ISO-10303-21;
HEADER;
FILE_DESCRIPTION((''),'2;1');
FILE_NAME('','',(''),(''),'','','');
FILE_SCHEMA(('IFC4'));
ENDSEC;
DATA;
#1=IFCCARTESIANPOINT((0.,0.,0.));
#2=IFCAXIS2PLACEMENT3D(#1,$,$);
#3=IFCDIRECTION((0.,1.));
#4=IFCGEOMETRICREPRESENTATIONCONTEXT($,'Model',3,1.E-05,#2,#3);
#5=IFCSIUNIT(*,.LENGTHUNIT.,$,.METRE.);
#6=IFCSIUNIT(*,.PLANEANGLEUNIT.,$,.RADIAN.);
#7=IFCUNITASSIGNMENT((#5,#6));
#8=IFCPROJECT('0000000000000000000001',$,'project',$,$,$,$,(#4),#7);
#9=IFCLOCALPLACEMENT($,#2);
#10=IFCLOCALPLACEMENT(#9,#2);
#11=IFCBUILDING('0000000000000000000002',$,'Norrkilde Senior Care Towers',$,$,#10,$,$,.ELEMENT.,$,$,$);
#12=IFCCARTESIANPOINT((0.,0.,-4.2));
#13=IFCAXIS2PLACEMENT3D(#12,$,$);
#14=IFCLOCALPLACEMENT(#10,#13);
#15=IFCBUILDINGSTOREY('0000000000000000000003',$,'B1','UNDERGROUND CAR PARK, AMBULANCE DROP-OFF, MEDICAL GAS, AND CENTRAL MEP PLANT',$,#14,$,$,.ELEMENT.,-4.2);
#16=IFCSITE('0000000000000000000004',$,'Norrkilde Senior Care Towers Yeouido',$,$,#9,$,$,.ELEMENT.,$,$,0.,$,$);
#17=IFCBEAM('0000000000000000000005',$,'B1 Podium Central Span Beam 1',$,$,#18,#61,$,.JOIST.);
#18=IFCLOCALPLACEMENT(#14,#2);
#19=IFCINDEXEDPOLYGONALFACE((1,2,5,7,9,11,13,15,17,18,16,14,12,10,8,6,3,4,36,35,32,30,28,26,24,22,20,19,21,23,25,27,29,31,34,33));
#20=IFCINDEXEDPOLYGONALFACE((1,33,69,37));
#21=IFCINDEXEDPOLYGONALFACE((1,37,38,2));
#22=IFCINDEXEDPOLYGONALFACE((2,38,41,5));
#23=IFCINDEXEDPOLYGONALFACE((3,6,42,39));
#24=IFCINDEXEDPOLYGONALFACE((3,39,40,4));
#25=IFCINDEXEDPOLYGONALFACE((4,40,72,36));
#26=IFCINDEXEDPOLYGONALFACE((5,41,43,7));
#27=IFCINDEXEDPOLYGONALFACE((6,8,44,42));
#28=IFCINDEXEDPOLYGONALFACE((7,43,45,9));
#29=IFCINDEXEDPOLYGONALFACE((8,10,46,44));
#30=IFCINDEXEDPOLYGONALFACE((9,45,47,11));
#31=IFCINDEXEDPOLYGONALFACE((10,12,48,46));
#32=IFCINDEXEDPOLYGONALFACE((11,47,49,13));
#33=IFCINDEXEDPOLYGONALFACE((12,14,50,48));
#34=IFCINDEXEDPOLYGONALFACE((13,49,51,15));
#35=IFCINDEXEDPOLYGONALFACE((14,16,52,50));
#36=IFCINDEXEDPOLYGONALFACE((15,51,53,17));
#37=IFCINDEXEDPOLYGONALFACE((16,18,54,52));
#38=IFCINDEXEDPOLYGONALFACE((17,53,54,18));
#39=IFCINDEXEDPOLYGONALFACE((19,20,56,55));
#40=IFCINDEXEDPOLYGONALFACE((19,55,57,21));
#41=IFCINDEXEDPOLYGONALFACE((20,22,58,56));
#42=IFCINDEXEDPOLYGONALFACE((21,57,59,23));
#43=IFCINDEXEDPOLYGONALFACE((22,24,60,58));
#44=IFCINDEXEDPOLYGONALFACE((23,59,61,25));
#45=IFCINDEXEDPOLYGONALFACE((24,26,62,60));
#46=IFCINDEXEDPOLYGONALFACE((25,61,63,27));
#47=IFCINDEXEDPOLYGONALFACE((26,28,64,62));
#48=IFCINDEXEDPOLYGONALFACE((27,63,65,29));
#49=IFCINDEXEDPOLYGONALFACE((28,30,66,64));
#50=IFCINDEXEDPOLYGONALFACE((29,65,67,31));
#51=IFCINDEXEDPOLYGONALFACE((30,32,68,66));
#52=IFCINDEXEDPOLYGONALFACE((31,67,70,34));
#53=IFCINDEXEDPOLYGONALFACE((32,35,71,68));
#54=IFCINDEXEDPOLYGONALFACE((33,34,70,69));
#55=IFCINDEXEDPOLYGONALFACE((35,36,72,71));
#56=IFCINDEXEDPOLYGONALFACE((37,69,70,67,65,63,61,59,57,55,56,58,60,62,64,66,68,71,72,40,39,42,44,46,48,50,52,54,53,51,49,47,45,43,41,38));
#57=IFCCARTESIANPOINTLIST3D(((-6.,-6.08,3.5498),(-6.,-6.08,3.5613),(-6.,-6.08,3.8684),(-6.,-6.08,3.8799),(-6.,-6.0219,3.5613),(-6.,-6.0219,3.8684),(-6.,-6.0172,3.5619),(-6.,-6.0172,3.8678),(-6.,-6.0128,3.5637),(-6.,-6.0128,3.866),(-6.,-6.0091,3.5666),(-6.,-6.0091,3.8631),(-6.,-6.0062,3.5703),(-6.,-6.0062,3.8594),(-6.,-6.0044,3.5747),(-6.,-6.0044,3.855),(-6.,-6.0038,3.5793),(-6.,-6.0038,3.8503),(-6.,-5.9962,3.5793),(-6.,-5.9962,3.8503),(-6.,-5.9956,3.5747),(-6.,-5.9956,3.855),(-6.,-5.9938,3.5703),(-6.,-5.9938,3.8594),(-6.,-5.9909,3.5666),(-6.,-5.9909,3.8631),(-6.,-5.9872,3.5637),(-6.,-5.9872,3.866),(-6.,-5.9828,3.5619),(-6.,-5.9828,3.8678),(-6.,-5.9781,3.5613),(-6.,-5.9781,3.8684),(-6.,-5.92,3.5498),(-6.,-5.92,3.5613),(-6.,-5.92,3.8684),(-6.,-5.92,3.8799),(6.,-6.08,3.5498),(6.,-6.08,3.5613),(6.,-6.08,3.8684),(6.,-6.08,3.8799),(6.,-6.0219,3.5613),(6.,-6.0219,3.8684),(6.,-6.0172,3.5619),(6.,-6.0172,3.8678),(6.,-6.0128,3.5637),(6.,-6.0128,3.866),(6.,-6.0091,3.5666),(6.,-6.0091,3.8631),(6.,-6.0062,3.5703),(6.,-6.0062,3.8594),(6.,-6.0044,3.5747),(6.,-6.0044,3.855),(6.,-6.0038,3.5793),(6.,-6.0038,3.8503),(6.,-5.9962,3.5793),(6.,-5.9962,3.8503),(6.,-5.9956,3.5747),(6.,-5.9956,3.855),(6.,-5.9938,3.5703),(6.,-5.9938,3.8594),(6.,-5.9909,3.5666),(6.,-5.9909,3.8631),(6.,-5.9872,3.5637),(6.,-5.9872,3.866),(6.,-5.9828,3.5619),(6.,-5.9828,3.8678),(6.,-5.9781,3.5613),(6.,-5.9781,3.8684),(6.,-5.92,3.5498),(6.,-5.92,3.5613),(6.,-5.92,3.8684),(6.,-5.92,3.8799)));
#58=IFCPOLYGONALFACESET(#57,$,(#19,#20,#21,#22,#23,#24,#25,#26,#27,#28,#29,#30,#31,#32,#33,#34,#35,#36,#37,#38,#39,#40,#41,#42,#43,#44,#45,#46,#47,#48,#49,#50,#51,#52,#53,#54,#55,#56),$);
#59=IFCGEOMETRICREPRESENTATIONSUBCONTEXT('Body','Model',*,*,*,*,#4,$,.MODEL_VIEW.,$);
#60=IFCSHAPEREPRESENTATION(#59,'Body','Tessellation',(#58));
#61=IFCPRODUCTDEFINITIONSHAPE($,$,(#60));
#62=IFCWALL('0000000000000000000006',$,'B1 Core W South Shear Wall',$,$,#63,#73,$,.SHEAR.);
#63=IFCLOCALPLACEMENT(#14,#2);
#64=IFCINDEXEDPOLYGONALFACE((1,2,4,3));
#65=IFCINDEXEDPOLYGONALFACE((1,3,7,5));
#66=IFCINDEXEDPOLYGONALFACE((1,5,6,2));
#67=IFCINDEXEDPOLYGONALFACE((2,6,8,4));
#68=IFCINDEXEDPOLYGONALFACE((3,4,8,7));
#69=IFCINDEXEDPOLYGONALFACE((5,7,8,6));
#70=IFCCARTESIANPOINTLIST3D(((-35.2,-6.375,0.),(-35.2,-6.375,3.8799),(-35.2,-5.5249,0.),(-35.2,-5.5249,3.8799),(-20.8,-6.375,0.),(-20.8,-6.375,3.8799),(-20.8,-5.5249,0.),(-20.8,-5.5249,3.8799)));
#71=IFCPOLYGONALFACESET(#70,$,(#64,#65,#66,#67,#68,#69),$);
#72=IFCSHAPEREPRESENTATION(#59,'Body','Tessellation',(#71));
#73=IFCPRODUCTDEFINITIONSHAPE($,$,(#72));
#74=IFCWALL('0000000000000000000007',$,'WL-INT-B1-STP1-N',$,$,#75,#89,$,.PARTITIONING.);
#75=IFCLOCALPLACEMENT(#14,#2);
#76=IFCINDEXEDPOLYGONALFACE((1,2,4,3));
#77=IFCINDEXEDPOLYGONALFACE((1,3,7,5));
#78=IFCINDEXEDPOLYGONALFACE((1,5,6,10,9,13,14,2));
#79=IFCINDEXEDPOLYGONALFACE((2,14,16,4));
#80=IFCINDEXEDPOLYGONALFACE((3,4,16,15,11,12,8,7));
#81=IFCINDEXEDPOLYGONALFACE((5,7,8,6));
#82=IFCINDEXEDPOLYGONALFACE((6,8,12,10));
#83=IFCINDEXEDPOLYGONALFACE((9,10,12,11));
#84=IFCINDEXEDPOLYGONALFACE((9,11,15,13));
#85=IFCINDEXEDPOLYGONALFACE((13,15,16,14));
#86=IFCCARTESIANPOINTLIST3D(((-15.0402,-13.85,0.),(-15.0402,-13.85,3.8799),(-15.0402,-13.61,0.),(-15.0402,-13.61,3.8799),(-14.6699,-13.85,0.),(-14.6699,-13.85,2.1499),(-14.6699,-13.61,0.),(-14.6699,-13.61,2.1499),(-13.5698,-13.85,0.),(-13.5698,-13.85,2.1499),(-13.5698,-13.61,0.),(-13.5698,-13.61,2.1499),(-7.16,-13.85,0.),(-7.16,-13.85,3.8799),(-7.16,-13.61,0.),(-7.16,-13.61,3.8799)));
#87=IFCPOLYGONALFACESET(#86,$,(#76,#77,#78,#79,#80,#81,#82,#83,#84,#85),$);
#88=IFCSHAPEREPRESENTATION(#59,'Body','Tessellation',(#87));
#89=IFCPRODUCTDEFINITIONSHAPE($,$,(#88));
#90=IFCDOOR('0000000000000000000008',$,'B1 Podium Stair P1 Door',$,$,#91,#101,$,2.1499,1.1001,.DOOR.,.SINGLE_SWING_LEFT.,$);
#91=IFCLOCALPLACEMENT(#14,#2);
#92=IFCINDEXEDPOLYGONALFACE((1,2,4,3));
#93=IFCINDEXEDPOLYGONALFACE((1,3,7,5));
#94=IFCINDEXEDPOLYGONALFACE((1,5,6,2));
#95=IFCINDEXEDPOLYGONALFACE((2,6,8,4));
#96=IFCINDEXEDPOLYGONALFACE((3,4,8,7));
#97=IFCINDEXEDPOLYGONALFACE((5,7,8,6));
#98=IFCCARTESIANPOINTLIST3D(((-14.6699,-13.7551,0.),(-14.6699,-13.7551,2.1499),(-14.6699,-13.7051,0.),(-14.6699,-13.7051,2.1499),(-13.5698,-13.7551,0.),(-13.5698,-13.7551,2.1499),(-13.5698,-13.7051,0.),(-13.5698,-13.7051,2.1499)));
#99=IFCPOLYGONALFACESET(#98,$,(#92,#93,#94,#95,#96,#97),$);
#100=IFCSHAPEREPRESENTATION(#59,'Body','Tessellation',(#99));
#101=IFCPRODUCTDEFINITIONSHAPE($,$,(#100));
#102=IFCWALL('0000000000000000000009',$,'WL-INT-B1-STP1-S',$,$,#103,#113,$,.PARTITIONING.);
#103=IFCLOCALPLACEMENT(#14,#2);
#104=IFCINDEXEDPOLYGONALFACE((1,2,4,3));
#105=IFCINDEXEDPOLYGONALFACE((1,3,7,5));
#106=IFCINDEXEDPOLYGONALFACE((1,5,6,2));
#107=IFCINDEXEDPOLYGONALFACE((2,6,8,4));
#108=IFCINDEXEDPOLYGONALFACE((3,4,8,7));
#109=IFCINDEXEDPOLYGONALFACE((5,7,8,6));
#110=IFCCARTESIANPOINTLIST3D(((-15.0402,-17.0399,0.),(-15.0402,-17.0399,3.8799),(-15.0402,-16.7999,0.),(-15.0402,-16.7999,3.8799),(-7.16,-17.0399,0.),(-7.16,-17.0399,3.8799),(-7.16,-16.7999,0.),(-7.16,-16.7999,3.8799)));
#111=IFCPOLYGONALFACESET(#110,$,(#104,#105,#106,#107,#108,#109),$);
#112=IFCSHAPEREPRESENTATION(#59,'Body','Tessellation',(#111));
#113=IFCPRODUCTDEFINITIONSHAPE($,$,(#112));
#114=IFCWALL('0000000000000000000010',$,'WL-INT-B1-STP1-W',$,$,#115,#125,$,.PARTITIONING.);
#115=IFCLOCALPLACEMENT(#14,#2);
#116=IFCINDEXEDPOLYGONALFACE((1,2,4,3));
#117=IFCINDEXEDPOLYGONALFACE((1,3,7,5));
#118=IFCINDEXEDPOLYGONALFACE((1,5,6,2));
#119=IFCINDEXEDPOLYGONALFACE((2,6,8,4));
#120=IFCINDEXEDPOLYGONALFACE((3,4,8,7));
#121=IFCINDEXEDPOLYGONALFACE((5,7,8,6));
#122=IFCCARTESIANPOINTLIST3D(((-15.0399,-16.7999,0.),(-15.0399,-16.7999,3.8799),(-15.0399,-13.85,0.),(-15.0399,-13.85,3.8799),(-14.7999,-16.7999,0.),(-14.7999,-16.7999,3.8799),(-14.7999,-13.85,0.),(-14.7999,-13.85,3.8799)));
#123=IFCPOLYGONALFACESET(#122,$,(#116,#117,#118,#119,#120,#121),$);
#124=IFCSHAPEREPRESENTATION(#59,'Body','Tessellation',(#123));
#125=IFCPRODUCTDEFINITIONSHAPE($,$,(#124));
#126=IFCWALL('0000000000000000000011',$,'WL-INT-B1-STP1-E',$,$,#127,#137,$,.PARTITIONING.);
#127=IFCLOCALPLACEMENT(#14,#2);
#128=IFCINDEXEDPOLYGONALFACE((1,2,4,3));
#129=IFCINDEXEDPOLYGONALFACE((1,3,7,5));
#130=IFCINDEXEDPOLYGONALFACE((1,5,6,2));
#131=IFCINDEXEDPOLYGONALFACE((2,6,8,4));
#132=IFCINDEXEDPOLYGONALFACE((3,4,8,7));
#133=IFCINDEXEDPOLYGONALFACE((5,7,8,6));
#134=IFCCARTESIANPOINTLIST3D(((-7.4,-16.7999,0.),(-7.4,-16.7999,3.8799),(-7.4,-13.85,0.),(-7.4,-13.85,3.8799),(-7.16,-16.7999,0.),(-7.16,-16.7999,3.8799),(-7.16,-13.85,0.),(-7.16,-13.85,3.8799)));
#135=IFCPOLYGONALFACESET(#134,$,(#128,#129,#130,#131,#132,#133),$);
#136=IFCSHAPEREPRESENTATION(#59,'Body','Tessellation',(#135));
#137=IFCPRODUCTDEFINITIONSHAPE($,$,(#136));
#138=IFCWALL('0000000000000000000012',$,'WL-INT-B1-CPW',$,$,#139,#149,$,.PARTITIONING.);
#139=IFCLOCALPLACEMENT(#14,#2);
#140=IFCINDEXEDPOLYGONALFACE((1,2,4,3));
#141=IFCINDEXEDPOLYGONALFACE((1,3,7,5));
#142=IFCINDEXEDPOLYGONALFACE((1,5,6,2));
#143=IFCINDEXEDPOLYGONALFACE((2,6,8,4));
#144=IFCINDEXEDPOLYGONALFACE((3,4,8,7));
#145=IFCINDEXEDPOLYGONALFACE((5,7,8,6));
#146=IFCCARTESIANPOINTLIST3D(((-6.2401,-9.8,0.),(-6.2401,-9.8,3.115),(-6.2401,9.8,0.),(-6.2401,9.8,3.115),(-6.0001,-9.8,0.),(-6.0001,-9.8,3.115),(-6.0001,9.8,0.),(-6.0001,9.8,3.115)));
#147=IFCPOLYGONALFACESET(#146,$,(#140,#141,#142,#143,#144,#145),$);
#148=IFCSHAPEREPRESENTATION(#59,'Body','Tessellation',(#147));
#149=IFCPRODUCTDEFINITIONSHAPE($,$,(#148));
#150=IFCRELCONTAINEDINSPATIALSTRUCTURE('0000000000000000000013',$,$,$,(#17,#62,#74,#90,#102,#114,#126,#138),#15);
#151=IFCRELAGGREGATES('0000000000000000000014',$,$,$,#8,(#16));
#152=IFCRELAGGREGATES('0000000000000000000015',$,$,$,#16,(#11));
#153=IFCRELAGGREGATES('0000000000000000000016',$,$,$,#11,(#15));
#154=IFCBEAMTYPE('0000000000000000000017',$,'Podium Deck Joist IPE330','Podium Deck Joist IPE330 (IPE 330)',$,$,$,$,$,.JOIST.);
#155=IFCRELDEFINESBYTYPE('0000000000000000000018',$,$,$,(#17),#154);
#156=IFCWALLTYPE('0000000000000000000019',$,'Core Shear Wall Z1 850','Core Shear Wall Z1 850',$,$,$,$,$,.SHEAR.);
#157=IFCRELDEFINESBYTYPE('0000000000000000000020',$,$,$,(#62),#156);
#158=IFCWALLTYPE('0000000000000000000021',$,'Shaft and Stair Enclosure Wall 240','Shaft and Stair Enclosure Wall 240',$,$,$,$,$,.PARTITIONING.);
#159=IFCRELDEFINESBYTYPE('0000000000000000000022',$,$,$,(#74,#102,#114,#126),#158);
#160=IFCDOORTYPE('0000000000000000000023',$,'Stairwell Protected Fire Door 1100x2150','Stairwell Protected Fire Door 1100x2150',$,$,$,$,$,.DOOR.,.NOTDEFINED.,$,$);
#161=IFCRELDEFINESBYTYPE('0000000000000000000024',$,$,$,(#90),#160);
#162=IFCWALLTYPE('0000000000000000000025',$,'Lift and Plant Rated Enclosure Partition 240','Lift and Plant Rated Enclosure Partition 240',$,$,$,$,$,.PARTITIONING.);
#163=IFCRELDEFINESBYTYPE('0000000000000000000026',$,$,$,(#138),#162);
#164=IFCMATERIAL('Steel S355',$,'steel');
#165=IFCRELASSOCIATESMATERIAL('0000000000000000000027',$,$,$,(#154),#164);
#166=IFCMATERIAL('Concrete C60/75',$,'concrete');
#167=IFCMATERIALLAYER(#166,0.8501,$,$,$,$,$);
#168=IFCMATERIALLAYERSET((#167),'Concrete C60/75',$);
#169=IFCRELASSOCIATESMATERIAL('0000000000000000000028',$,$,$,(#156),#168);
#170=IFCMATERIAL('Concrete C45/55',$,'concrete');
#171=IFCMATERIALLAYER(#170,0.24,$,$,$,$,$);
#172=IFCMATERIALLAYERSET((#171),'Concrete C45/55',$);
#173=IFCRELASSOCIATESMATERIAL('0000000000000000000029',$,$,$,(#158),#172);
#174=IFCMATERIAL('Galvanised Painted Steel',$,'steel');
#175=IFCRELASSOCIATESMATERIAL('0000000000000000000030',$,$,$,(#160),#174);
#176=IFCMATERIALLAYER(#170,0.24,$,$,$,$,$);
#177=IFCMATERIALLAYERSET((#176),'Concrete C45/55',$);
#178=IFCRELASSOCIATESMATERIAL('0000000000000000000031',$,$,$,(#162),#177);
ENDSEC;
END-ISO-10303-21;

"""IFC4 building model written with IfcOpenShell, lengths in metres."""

from ifc_helpers import new_model, si_unit, direction, frame, frame_2d, origin, origin_2d, place, context, subcontext, project, spatial, rectangle, i_section, extrude, source, transform, mapped, material, layer, layer_set, material_profile, profile_set, type_object, type_shapes, element, fill, save


model = new_model("IFC4")

# Units and contexts
model_context = context("Model", 3, precision=1e-05, world=origin(), true_north=direction((0.0, 1.0)))
body_context = subcontext(model_context, "Body", "Model", "MODEL_VIEW")
ifc_project = project(units=[si_unit("LENGTHUNIT", "METRE"), si_unit("PLANEANGLEUNIT", "RADIAN")], contexts=[model_context])

# Site, building, storey
site_placement = place(None, origin())
site = spatial("IfcSite", under=ifc_project, at=site_placement, Name="Norrkilde Senior Care Towers Yeouido", CompositionType="ELEMENT", RefElevation=0.0)
building_placement = place(site_placement, origin())
building = spatial("IfcBuilding", under=site, at=building_placement, Name="Norrkilde Senior Care Towers", CompositionType="ELEMENT")
storey_placement = place(building_placement, frame((0.0, 0.0, -4.2)))
storey = spatial("IfcBuildingStorey", under=building, at=storey_placement, Name="B1", Description="UNDERGROUND CAR PARK, AMBULANCE DROP-OFF, MEDICAL GAS, AND CENTRAL MEP PLANT", CompositionType="ELEMENT", Elevation=-4.2)

# Shared definitions
ifc_material_1 = material(Name="Concrete C60/75", Category="concrete")

# Beam
ifc_material_2 = material(Name="Steel S355", Category="steel")
ifc_material_profile_1 = material_profile(ifc_material_2, i_section(OverallWidth=0.1599, OverallDepth=0.3301, WebThickness=0.0076, FlangeThickness=0.0115, FilletRadius=0.0181, at=origin_2d()), Name="IPE 330")
ifc_profile_set_1 = profile_set([ifc_material_profile_1], Name="Steel S355")
beam_type_1 = type_object("IfcBeamType", Name="Podium Deck Joist IPE330", Description="Podium Deck Joist IPE330 (IPE 330)", PredefinedType="JOIST", material=ifc_profile_set_1)
shared_shape_1 = source(origin(), body_context, "Body", "SweptSolid", [
    extrude(i_section(OverallWidth=0.1599, OverallDepth=0.3301, WebThickness=0.0076, FlangeThickness=0.0115, FilletRadius=0.0181, at=origin_2d()), origin(), (0.0, 0.0, 1.0), 12.0),
])
type_shapes(beam_type_1, [shared_shape_1])
beam_1_placement = place(storey_placement, frame((-6.0, -6.0, 3.7148), z_axis=(1.0, 0.0, 0.0), x_axis=(0.0, 1.0, 0.0)))
element("IfcBeam", 1, at=beam_1_placement, inside=storey, type_object=beam_type_1, Name="B1 Podium Central Span Beam 1", PredefinedType="JOIST", context=body_context, shape_type="MappedRepresentation", body=[
    mapped(shared_shape_1, transform((0.0, 0.0, 0.0), x_axis=(1.0, 0.0, 0.0), y_axis=(0.0, 1.0, 0.0), z_axis=(0.0, 0.0, 1.0), scale=1.0)),
])

# Wall
ifc_layer_1 = layer(ifc_material_1, 0.8501)
ifc_layer_set_1 = layer_set([ifc_layer_1], Name="Concrete C60/75")
wall_type_1 = type_object("IfcWallType", Name="Core Shear Wall Z1 850", Description="Core Shear Wall Z1 850", PredefinedType="SHEAR", material=ifc_layer_set_1)
shared_shape_2 = source(origin(), body_context, "Body", "SweptSolid", [
    extrude(rectangle(XDim=14.3999, YDim=0.8501, at=frame_2d((7.2, 0.0))), origin(), (0.0, 0.0, 1.0), 3.8799),
])
type_shapes(wall_type_1, [shared_shape_2])
wall_1_placement = place(storey_placement, frame((-20.8, -5.95, 0.0), z_axis=(0.0, 0.0, 1.0), x_axis=(-1.0, 0.0, 0.0)))
element("IfcWall", 2, at=wall_1_placement, inside=storey, type_object=wall_type_1, Name="B1 Core W South Shear Wall", PredefinedType="SHEAR", context=body_context, shape_type="MappedRepresentation", body=[
    mapped(shared_shape_2, transform((0.0, 0.0, 0.0), x_axis=(1.0, 0.0, 0.0), y_axis=(0.0, 1.0, 0.0), z_axis=(0.0, 0.0, 1.0), scale=1.0)),
])

# Wall, opening, door
ifc_material_3 = material(Name="Concrete C45/55", Category="concrete")
ifc_layer_2 = layer(ifc_material_3, 0.24)
ifc_layer_set_2 = layer_set([ifc_layer_2], Name="Concrete C45/55")
wall_type_2 = type_object("IfcWallType", Name="Shaft and Stair Enclosure Wall 240", Description="Shaft and Stair Enclosure Wall 240", PredefinedType="PARTITIONING", material=ifc_layer_set_2)
shared_shape_3 = source(origin(), body_context, "Body", "SweptSolid", [
    extrude(rectangle(XDim=7.8801, YDim=0.24, at=frame_2d((3.9399, 0.0))), origin(), (0.0, 0.0, 1.0), 3.8799),
])
wall_2_placement = place(storey_placement, frame((-15.04, -13.73, 0.0), z_axis=(0.0, 0.0, 1.0), x_axis=(1.0, 0.0, 0.0)))
wall_2 = element("IfcWall", 3, at=wall_2_placement, inside=storey, type_object=wall_type_2, Name="WL-INT-B1-STP1-N", PredefinedType="PARTITIONING", context=body_context, shape_type="MappedRepresentation", body=[
    mapped(shared_shape_3, transform((0.0, 0.0, 0.0), x_axis=(1.0, 0.0, 0.0), y_axis=(0.0, 1.0, 0.0), z_axis=(0.0, 0.0, 1.0), scale=1.0)),
])
opening_1_placement = place(wall_2_placement, frame((0.3701, 0.0, 0.0)))
opening_1 = element("IfcOpeningElement", 4, at=opening_1_placement, cuts=wall_2, PredefinedType="OPENING", context=body_context, shape_type="SweptSolid", body=[
    extrude(rectangle(XDim=1.1001, YDim=2.1499, at=frame_2d((0.55, 1.075))), frame((0.0, 0.1299, 0.0), z_axis=(0.0, -1.0, 0.0), x_axis=(1.0, 0.0, 0.0)), (0.0, 0.0, 1.0), 0.26),
])
ifc_material_4 = material(Name="Galvanised Painted Steel", Category="steel")
door_type_1 = type_object("IfcDoorType", Name="Stairwell Protected Fire Door 1100x2150", Description="Stairwell Protected Fire Door 1100x2150", OperationType="NOTDEFINED", PredefinedType="DOOR", material=ifc_material_4)
shared_shape_4 = source(origin(), body_context, "Body", "SweptSolid", [
    extrude(rectangle(XDim=1.1001, YDim=2.1499, at=frame_2d((0.55, 1.075))), frame((0.0, 0.0249, 0.0), z_axis=(0.0, -1.0, 0.0), x_axis=(1.0, 0.0, 0.0)), (0.0, 0.0, 1.0), 0.05),
])
type_shapes(door_type_1, [shared_shape_4])
door_1_placement = place(opening_1_placement, origin())
door_1 = element("IfcDoor", 5, at=door_1_placement, inside=storey, type_object=door_type_1, Name="B1 Podium Stair P1 Door", OperationType="SINGLE_SWING_LEFT", OverallHeight=2.1499, OverallWidth=1.1001, PredefinedType="DOOR", context=body_context, shape_type="MappedRepresentation", body=[
    mapped(shared_shape_4, transform((0.0, 0.0, 0.0), x_axis=(1.0, 0.0, 0.0), y_axis=(0.0, 1.0, 0.0), z_axis=(0.0, 0.0, 1.0), scale=1.0)),
])
fill(opening_1, door_1)

# Walls
wall_3_placement = place(storey_placement, frame((-15.04, -16.9199, 0.0), z_axis=(0.0, 0.0, 1.0), x_axis=(1.0, 0.0, 0.0)))
element("IfcWall", 6, at=wall_3_placement, inside=storey, type_object=wall_type_2, Name="WL-INT-B1-STP1-S", PredefinedType="PARTITIONING", context=body_context, shape_type="MappedRepresentation", body=[
    mapped(shared_shape_3, transform((0.0, 0.0, 0.0), x_axis=(1.0, 0.0, 0.0), y_axis=(0.0, 1.0, 0.0), z_axis=(0.0, 0.0, 1.0), scale=1.0)),
])
shared_shape_5 = source(origin(), body_context, "Body", "SweptSolid", [
    extrude(rectangle(XDim=2.95, YDim=0.24, at=frame_2d((1.4751, 0.0))), origin(), (0.0, 0.0, 1.0), 3.8799),
])
type_shapes(wall_type_2, [shared_shape_3, shared_shape_5])
for number, where, z_axis, x_axis, name in (
    (7, (-14.9199, -16.8, 0.0), (0.0, 0.0, 1.0), (0.0, 1.0, 0.0), "WL-INT-B1-STP1-W"),
    (8, (-7.28, -16.8, 0.0), (0.0, 0.0, 1.0), (0.0, 1.0, 0.0), "WL-INT-B1-STP1-E"),
):
    element("IfcWall", number, at=place(storey_placement, frame(where, z_axis=z_axis, x_axis=x_axis)), inside=storey, type_object=wall_type_2, Name=name, PredefinedType="PARTITIONING", context=body_context, shape_type="MappedRepresentation", body=[
        mapped(shared_shape_5, transform((0.0, 0.0, 0.0), x_axis=(1.0, 0.0, 0.0), y_axis=(0.0, 1.0, 0.0), z_axis=(0.0, 0.0, 1.0), scale=1.0)),
    ])
ifc_layer_3 = layer(ifc_material_3, 0.24)
ifc_layer_set_3 = layer_set([ifc_layer_3], Name="Concrete C45/55")
wall_type_3 = type_object("IfcWallType", Name="Lift and Plant Rated Enclosure Partition 240", Description="Lift and Plant Rated Enclosure Partition 240", PredefinedType="PARTITIONING", material=ifc_layer_set_3)
shared_shape_6 = source(origin(), body_context, "Body", "SweptSolid", [
    extrude(rectangle(XDim=19.6001, YDim=0.24, at=frame_2d((9.8, 0.0))), origin(), (0.0, 0.0, 1.0), 3.115),
])
wall_4_placement = place(storey_placement, frame((-6.1201, -9.8, 0.0), z_axis=(0.0, 0.0, 1.0), x_axis=(0.0, 1.0, 0.0)))
element("IfcWall", 9, at=wall_4_placement, inside=storey, type_object=wall_type_3, Name="WL-INT-B1-CPW", PredefinedType="PARTITIONING", context=body_context, shape_type="MappedRepresentation", body=[
    mapped(shared_shape_6, transform((0.0, 0.0, 0.0), x_axis=(1.0, 0.0, 0.0), y_axis=(0.0, 1.0, 0.0), z_axis=(0.0, 0.0, 1.0), scale=1.0)),
])

save(model, "model.ifc")
